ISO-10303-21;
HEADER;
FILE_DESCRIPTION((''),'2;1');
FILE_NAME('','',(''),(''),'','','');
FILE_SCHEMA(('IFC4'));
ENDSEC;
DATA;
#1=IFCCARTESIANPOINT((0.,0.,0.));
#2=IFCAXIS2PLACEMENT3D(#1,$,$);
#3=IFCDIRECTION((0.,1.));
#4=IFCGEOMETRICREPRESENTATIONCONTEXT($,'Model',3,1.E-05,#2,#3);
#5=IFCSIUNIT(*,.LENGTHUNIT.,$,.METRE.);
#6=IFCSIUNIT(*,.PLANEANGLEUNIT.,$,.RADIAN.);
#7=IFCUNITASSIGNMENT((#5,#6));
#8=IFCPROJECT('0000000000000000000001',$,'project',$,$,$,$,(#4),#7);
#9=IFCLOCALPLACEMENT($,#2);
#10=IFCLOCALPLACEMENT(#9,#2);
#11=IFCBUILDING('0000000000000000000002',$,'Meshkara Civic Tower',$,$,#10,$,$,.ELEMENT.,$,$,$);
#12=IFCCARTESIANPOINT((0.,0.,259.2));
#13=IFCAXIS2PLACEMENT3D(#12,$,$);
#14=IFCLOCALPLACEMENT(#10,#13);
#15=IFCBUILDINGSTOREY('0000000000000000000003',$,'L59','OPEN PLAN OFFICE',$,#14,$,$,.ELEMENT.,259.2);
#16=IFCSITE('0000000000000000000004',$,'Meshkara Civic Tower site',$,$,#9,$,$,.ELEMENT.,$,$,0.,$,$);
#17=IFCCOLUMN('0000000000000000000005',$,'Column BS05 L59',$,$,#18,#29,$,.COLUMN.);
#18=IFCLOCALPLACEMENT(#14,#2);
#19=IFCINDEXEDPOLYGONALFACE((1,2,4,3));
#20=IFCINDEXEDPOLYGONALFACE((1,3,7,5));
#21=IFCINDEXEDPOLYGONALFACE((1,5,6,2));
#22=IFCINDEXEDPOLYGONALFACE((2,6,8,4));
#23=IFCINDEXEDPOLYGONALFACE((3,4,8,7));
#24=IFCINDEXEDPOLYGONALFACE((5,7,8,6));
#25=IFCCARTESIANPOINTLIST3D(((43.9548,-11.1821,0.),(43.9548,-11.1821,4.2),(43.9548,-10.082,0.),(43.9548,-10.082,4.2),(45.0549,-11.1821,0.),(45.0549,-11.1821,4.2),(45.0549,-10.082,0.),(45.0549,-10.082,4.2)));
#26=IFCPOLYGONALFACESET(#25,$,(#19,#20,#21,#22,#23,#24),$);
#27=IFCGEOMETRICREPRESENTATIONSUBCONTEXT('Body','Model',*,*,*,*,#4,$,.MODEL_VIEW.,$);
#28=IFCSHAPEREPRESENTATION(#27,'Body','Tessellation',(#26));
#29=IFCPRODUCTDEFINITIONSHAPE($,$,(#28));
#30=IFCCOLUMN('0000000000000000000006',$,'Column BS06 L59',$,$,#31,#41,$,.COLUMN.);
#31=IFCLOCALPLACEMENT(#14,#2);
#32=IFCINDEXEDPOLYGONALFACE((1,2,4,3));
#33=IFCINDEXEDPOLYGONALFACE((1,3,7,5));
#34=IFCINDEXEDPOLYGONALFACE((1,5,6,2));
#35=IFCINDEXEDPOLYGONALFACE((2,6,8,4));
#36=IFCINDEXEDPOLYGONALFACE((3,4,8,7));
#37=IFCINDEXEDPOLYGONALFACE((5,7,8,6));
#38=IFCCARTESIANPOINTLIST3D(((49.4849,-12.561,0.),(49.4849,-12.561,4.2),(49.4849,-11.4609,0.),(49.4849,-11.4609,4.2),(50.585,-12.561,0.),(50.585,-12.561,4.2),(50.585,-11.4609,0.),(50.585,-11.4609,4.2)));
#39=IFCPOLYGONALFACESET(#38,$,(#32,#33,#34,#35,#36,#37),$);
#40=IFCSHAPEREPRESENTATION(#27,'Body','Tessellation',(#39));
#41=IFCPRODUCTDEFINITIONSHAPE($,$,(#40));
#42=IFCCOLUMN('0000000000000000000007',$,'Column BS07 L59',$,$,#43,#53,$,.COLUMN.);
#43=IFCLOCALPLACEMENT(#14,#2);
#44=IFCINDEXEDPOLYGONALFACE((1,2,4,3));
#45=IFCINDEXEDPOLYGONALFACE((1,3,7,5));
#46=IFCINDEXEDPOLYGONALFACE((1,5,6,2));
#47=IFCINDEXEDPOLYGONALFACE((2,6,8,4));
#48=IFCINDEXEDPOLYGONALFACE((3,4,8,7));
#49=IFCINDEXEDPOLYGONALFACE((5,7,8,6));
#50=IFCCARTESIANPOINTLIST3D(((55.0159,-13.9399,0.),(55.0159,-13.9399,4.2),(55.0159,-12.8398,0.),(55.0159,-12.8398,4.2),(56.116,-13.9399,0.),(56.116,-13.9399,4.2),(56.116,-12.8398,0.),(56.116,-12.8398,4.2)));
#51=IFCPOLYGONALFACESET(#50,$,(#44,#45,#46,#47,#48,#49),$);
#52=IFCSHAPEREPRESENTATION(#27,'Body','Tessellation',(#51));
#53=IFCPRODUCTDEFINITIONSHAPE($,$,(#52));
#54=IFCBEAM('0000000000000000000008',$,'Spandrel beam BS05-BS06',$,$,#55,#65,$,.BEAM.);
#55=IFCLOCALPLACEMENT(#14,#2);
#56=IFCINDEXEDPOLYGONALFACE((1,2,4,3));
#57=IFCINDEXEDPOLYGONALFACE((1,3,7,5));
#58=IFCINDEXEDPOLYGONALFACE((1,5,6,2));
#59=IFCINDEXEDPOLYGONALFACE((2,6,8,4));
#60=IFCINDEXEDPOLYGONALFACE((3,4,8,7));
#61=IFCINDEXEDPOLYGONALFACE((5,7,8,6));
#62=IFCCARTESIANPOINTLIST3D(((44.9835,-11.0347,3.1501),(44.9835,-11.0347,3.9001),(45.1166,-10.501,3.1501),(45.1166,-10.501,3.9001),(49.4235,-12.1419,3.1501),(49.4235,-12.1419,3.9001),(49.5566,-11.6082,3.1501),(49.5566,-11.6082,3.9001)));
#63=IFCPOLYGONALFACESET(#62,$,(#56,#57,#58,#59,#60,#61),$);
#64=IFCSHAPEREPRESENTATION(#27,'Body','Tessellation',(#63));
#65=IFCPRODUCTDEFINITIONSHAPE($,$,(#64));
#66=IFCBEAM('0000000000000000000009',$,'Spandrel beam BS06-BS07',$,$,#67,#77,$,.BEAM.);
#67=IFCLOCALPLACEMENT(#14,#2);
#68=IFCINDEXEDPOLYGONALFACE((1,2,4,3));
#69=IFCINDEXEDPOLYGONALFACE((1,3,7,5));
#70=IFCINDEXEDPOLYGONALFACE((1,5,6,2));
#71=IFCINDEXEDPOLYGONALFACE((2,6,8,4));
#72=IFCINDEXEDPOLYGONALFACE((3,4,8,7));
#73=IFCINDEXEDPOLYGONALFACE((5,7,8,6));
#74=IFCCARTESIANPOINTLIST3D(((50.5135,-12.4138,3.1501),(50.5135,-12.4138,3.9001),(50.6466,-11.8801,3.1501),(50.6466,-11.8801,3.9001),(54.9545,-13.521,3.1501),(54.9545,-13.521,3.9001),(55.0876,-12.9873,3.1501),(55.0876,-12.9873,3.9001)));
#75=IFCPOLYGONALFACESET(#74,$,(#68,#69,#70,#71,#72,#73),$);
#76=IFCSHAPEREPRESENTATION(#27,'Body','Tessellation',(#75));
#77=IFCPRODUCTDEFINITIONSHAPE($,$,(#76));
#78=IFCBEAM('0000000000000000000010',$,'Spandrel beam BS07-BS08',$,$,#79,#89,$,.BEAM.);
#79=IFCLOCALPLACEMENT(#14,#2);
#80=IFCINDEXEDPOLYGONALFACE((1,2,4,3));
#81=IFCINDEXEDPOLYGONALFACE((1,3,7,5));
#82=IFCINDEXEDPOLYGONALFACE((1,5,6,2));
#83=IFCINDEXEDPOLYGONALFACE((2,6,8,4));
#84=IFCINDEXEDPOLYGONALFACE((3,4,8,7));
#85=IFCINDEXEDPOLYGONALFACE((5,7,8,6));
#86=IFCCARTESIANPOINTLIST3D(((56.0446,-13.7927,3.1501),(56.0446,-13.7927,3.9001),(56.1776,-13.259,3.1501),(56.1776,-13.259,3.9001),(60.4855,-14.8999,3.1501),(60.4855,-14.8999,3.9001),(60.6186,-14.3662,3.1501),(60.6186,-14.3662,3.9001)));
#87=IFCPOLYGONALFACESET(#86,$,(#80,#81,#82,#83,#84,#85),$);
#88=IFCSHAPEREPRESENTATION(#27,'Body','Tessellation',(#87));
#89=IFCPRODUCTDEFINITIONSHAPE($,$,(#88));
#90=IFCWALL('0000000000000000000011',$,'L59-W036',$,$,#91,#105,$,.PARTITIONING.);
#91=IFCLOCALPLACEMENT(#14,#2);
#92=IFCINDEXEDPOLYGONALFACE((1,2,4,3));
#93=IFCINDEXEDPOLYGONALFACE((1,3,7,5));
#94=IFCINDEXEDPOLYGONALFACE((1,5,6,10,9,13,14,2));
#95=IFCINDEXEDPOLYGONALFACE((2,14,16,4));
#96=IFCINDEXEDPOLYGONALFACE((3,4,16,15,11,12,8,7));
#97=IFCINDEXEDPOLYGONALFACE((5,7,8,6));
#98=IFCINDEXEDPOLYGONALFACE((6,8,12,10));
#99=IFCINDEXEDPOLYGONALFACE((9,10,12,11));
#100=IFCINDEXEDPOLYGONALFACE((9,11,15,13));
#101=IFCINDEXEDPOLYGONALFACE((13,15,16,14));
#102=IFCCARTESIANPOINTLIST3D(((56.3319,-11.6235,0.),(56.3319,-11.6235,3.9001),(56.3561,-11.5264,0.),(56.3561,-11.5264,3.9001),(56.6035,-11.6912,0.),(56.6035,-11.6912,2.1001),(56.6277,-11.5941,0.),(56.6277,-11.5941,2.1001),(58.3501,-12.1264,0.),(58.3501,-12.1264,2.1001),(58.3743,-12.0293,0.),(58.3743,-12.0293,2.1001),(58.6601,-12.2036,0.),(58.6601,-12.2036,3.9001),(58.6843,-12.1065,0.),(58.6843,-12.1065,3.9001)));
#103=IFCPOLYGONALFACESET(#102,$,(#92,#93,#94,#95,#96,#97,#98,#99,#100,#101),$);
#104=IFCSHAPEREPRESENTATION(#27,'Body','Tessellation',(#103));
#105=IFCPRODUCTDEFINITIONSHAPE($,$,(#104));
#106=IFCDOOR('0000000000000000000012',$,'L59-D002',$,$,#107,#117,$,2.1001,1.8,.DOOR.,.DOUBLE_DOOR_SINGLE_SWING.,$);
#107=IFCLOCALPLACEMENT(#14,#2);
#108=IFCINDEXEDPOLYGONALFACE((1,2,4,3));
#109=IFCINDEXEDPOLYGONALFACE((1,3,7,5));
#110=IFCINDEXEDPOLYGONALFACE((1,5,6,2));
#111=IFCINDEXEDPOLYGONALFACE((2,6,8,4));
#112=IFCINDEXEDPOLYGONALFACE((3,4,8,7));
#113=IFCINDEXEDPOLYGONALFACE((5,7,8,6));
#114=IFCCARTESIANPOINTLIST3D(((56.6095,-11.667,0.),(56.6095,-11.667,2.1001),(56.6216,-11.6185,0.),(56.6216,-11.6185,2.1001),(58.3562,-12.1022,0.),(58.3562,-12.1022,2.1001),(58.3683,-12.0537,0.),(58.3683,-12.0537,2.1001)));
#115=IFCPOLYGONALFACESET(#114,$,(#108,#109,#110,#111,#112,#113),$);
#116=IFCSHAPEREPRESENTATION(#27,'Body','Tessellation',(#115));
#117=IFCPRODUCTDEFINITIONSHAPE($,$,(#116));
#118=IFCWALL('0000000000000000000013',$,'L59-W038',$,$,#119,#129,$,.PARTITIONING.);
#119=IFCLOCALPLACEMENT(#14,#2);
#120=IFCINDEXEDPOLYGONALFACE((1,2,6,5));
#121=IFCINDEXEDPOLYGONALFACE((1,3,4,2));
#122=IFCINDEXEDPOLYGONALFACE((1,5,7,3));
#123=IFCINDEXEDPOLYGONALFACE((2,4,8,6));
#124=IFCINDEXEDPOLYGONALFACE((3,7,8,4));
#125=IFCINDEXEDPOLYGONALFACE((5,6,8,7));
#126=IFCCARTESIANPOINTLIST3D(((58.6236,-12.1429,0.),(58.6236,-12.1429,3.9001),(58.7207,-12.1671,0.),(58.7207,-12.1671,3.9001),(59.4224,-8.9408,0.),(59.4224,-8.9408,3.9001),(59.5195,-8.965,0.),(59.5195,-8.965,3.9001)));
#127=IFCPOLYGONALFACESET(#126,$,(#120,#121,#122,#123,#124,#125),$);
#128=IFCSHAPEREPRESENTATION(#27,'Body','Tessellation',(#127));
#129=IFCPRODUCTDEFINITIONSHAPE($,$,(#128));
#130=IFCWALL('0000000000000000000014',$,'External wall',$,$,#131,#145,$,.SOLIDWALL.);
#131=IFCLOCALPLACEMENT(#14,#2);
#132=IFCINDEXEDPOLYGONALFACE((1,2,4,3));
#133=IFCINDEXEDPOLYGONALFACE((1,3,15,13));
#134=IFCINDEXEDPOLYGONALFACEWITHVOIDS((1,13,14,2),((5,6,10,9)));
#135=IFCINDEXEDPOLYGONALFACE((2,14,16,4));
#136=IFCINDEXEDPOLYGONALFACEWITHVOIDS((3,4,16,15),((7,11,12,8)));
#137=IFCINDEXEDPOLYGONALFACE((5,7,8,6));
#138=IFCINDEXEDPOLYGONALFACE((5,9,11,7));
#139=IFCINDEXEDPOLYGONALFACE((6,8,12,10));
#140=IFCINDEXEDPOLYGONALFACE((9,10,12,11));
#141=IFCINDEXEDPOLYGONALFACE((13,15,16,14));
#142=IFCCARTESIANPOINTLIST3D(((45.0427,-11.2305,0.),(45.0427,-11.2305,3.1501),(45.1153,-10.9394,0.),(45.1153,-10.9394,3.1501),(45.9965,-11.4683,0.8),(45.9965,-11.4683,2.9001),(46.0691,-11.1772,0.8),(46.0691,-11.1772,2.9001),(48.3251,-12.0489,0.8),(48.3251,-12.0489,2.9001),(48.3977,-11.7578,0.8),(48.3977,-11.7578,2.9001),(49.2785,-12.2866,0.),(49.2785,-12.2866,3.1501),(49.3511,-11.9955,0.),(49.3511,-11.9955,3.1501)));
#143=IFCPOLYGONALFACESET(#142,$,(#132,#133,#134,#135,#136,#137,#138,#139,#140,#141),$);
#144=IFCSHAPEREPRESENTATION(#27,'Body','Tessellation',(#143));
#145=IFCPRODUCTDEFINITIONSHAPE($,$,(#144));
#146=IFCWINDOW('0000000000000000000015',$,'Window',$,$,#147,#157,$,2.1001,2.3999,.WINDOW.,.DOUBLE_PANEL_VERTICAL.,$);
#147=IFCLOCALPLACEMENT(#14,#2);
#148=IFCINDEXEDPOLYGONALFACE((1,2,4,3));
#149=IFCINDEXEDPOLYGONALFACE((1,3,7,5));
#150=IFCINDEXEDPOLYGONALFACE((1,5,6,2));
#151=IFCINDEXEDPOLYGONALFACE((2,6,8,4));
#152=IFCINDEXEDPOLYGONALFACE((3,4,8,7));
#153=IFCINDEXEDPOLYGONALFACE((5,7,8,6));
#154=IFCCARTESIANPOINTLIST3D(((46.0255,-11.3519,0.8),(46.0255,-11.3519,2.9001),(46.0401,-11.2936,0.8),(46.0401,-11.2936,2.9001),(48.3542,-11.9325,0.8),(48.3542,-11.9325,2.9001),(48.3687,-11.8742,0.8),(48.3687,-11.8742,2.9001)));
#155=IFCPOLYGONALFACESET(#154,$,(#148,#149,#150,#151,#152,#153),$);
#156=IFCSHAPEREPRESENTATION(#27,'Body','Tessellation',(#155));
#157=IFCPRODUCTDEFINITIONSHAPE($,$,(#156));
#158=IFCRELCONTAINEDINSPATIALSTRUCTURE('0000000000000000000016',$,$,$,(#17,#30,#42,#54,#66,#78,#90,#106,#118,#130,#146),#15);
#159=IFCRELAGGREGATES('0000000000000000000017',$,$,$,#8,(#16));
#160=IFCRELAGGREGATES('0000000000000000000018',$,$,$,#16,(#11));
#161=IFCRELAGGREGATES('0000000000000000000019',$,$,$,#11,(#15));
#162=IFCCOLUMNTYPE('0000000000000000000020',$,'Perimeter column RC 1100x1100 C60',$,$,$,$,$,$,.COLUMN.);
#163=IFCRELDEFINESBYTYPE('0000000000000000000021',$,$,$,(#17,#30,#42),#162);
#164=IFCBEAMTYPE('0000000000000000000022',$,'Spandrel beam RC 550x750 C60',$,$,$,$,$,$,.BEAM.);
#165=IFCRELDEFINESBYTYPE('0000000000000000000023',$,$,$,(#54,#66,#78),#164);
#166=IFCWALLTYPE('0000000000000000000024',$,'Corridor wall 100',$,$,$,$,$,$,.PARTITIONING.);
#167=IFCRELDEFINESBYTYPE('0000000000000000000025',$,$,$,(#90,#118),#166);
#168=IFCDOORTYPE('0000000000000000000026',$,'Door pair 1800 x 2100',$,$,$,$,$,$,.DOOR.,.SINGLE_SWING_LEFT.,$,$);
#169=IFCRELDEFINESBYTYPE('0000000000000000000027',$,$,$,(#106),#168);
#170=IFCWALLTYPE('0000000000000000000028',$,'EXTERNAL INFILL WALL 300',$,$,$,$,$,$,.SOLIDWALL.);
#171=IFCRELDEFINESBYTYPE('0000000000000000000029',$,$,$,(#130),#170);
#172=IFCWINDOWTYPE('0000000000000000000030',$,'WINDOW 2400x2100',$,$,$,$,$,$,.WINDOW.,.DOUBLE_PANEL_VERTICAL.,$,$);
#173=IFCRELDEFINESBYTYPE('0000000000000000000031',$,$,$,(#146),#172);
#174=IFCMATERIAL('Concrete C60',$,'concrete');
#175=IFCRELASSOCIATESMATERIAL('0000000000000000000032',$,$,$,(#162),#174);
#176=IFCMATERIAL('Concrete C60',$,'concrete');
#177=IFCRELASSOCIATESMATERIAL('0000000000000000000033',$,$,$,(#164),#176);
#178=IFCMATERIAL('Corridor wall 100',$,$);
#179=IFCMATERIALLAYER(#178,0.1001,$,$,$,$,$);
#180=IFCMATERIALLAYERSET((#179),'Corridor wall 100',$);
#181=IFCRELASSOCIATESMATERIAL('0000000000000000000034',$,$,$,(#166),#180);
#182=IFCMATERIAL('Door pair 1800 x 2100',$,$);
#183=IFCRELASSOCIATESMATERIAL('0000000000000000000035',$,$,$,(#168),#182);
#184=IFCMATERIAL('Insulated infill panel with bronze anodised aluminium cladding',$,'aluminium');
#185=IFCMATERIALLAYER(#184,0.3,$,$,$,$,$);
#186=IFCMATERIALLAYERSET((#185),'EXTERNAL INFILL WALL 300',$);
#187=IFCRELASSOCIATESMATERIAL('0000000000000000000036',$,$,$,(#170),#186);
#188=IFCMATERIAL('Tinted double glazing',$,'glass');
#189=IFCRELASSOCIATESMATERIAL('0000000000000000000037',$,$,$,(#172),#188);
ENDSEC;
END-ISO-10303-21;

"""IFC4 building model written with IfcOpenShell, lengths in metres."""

from ifc_helpers import new_model, si_unit, direction, frame, frame_2d, origin, origin_2d, place, context, subcontext, project, spatial, rectangle, extrude, material, layer, layer_set, material_profile, profile_set, type_object, element, fill, save


model = new_model("IFC4")

# Units and contexts
model_context = context("Model", 3, precision=1e-05, world=origin(), true_north=direction((0.0, 1.0)))
body_context = subcontext(model_context, "Body", "Model", "MODEL_VIEW")
ifc_project = project(units=[si_unit("LENGTHUNIT", "METRE"), si_unit("PLANEANGLEUNIT", "RADIAN")], contexts=[model_context])

# Site, building, storey
site_placement = place(None, origin())
site = spatial("IfcSite", under=ifc_project, at=site_placement, Name="Meshkara Civic Tower site", CompositionType="ELEMENT", RefElevation=0.0)
building_placement = place(site_placement, origin())
building = spatial("IfcBuilding", under=site, at=building_placement, Name="Meshkara Civic Tower", CompositionType="ELEMENT")
storey_placement = place(building_placement, frame((0.0, 0.0, 259.2)))
storey = spatial("IfcBuildingStorey", under=building, at=storey_placement, Name="L59", Description="OPEN PLAN OFFICE", CompositionType="ELEMENT", Elevation=259.2)

# Columns
ifc_material_1 = material(Name="Concrete C60", Category="concrete")
ifc_material_profile_1 = material_profile(ifc_material_1, rectangle(XDim=1.1001, YDim=1.1001, at=origin_2d()))
ifc_profile_set_1 = profile_set([ifc_material_profile_1], Name="Concrete C60")
column_type = type_object("IfcColumnType", Name="Perimeter column RC 1100x1100 C60", PredefinedType="COLUMN", material=ifc_profile_set_1)
for number, where, z_axis, x_axis, name in (
    (1, (44.5049, -10.6321, 0.0), (0.0, 0.0, 1.0), (1.0, 0.0, 0.0), "Column BS05 L59"),
    (2, (50.0349, -12.011, 0.0), (0.0, 0.0, 1.0), (1.0, 0.0, 0.0), "Column BS06 L59"),
    (3, (55.5659, -13.3899, 0.0), (0.0, 0.0, 1.0), (1.0, 0.0, 0.0), "Column BS07 L59"),
):
    element("IfcColumn", number, at=place(storey_placement, frame(where, z_axis=z_axis, x_axis=x_axis)), inside=storey, type_object=column_type, Name=name, PredefinedType="COLUMN", context=body_context, shape_type="SweptSolid", body=[
        extrude(rectangle(XDim=1.1001, YDim=1.1001, at=origin_2d()), origin(), (0.0, 0.0, 1.0), 4.2),
    ])

# Beams
ifc_material_2 = material(Name="Concrete C60", Category="concrete")
ifc_material_profile_2 = material_profile(ifc_material_2, rectangle(XDim=0.55, YDim=0.75, at=origin_2d()))
ifc_profile_set_2 = profile_set([ifc_material_profile_2], Name="Concrete C60")
beam_type = type_object("IfcBeamType", Name="Spandrel beam RC 550x750 C60", PredefinedType="BEAM", material=ifc_profile_set_2)
beam_placement = place(storey_placement, frame((45.05, -10.7678, 3.5251), z_axis=(0.970287, -0.241958, 0.0), x_axis=(0.241958, 0.970287, 0.0)))
element("IfcBeam", 4, at=beam_placement, inside=storey, type_object=beam_type, Name="Spandrel beam BS05-BS06", PredefinedType="BEAM", context=body_context, shape_type="SweptSolid", body=[
    extrude(rectangle(XDim=0.55, YDim=0.75, at=origin_2d()), origin(), (0.0, 0.0, 1.0), 4.5759),
])
for number, where, z_axis, x_axis, name in (
    (5, (50.5801, -12.147, 3.5251), (0.970299, -0.241908, 0.0), (0.241908, 0.970299, 0.0), "Spandrel beam BS06-BS07"),
    (6, (56.1111, -13.5259, 3.5251), (0.970299, -0.241908, 0.0), (0.241908, 0.970299, 0.0), "Spandrel beam BS07-BS08"),
):
    element("IfcBeam", number, at=place(storey_placement, frame(where, z_axis=z_axis, x_axis=x_axis)), inside=storey, type_object=beam_type, Name=name, PredefinedType="BEAM", context=body_context, shape_type="SweptSolid", body=[
        extrude(rectangle(XDim=0.55, YDim=0.75, at=origin_2d()), origin(), (0.0, 0.0, 1.0), 4.5769),
    ])

# Wall, opening, door
ifc_material_3 = material(Name="Corridor wall 100")
ifc_layer_1 = layer(ifc_material_3, 0.1001)
ifc_layer_set_1 = layer_set([ifc_layer_1], Name="Corridor wall 100")
wall_type_1 = type_object("IfcWallType", Name="Corridor wall 100", PredefinedType="PARTITIONING", material=ifc_layer_set_1)
wall_1_placement = place(storey_placement, frame((56.344, -11.575, 0.0), z_axis=(0.0, 0.0, 1.0), x_axis=(0.970334, -0.241769, 0.0)))
wall_1 = element("IfcWall", 7, at=wall_1_placement, inside=storey, type_object=wall_type_1, Name="L59-W036", PredefinedType="PARTITIONING", context=body_context, shape_type="SweptSolid", body=[
    extrude(rectangle(XDim=2.3994, YDim=0.1001, at=frame_2d((1.1997, 0.0))), origin(), (0.0, 0.0, 1.0), 3.9001),
])
opening_1_placement = place(wall_1_placement, frame((0.28, 0.0, 0.0)))
opening_1 = element("IfcOpeningElement", 8, at=opening_1_placement, cuts=wall_1, PredefinedType="OPENING", context=body_context, shape_type="SweptSolid", body=[
    extrude(rectangle(XDim=1.8, YDim=2.1001, at=frame_2d((0.8999, 1.05))), frame((0.0, 0.0601, 0.0), z_axis=(0.0, -1.0, 0.0), x_axis=(1.0, 0.0, 0.0)), (0.0, 0.0, 1.0), 0.1201),
])
ifc_material_4 = material(Name="Door pair 1800 x 2100")
door_type_1 = type_object("IfcDoorType", Name="Door pair 1800 x 2100", OperationType="SINGLE_SWING_LEFT", PredefinedType="DOOR", material=ifc_material_4)
door_1_placement = place(opening_1_placement, origin())
door_1 = element("IfcDoor", 9, at=door_1_placement, inside=storey, type_object=door_type_1, Name="L59-D002", OperationType="DOUBLE_DOOR_SINGLE_SWING", OverallHeight=2.1001, OverallWidth=1.8, PredefinedType="DOOR", context=body_context, shape_type="SweptSolid", body=[
    extrude(rectangle(XDim=1.8, YDim=2.1001, at=frame_2d((0.8999, 1.05))), frame((0.0, 0.0249, 0.0), z_axis=(0.0, -1.0, 0.0), x_axis=(1.0, 0.0, 0.0)), (0.0, 0.0, 1.0), 0.05),
])
fill(opening_1, door_1)

# Wall
wall_2_placement = place(storey_placement, frame((58.6721, -12.155, 0.0), z_axis=(0.0, 0.0, 1.0), x_axis=(0.242048, 0.970264, 0.0)))
element("IfcWall", 10, at=wall_2_placement, inside=storey, type_object=wall_type_1, Name="L59-W038", PredefinedType="PARTITIONING", context=body_context, shape_type="SweptSolid", body=[
    extrude(rectangle(XDim=3.3003, YDim=0.1001, at=frame_2d((1.6501, 0.0))), origin(), (0.0, 0.0, 1.0), 3.9001),
])

# Wall, opening, window
ifc_material_5 = material(Name="Insulated infill panel with bronze anodised aluminium cladding", Category="aluminium")
ifc_layer_2 = layer(ifc_material_5, 0.3)
ifc_layer_set_2 = layer_set([ifc_layer_2], Name="EXTERNAL INFILL WALL 300")
wall_type_2 = type_object("IfcWallType", Name="EXTERNAL INFILL WALL 300", PredefinedType="SOLIDWALL", material=ifc_layer_set_2)
wall_3_placement = place(storey_placement, frame((45.0791, -11.085, 0.0), z_axis=(0.0, 0.0, 1.0), x_axis=(0.970294, -0.24193, 0.0)))
wall_3 = element("IfcWall", 11, at=wall_3_placement, inside=storey, type_object=wall_type_2, Name="External wall", PredefinedType="SOLIDWALL", context=body_context, shape_type="SweptSolid", body=[
    extrude(rectangle(XDim=4.3655, YDim=0.3, at=frame_2d((2.1826, 0.0))), origin(), (0.0, 0.0, 1.0), 3.1501),
])
opening_2_placement = place(wall_3_placement, frame((0.9829, 0.0, 0.8)))
opening_2 = element("IfcOpeningElement", 12, at=opening_2_placement, cuts=wall_3, PredefinedType="OPENING", context=body_context, shape_type="SweptSolid", body=[
    extrude(rectangle(XDim=2.3999, YDim=2.1001, at=frame_2d((1.2, 1.05))), frame((0.0, 0.1599, 0.0), z_axis=(0.0, -1.0, 0.0), x_axis=(1.0, 0.0, 0.0)), (0.0, 0.0, 1.0), 0.3201),
])
ifc_material_6 = material(Name="Tinted double glazing", Category="glass")
window_type = type_object("IfcWindowType", Name="WINDOW 2400x2100", PartitioningType="DOUBLE_PANEL_VERTICAL", PredefinedType="WINDOW", material=ifc_material_6)
window_1_placement = place(opening_2_placement, origin())
window_1 = element("IfcWindow", 13, at=window_1_placement, inside=storey, type_object=window_type, Name="Window", OverallHeight=2.1001, OverallWidth=2.3999, PartitioningType="DOUBLE_PANEL_VERTICAL", PredefinedType="WINDOW", context=body_context, shape_type="SweptSolid", body=[
    extrude(rectangle(XDim=2.3999, YDim=2.1001, at=frame_2d((1.2, 1.05))), frame((0.0, 0.03, 0.0), z_axis=(0.0, -1.0, 0.0), x_axis=(1.0, 0.0, 0.0)), (0.0, 0.0, 1.0), 0.0601),
])
fill(opening_2, window_1)

save(model, "model.ifc")
